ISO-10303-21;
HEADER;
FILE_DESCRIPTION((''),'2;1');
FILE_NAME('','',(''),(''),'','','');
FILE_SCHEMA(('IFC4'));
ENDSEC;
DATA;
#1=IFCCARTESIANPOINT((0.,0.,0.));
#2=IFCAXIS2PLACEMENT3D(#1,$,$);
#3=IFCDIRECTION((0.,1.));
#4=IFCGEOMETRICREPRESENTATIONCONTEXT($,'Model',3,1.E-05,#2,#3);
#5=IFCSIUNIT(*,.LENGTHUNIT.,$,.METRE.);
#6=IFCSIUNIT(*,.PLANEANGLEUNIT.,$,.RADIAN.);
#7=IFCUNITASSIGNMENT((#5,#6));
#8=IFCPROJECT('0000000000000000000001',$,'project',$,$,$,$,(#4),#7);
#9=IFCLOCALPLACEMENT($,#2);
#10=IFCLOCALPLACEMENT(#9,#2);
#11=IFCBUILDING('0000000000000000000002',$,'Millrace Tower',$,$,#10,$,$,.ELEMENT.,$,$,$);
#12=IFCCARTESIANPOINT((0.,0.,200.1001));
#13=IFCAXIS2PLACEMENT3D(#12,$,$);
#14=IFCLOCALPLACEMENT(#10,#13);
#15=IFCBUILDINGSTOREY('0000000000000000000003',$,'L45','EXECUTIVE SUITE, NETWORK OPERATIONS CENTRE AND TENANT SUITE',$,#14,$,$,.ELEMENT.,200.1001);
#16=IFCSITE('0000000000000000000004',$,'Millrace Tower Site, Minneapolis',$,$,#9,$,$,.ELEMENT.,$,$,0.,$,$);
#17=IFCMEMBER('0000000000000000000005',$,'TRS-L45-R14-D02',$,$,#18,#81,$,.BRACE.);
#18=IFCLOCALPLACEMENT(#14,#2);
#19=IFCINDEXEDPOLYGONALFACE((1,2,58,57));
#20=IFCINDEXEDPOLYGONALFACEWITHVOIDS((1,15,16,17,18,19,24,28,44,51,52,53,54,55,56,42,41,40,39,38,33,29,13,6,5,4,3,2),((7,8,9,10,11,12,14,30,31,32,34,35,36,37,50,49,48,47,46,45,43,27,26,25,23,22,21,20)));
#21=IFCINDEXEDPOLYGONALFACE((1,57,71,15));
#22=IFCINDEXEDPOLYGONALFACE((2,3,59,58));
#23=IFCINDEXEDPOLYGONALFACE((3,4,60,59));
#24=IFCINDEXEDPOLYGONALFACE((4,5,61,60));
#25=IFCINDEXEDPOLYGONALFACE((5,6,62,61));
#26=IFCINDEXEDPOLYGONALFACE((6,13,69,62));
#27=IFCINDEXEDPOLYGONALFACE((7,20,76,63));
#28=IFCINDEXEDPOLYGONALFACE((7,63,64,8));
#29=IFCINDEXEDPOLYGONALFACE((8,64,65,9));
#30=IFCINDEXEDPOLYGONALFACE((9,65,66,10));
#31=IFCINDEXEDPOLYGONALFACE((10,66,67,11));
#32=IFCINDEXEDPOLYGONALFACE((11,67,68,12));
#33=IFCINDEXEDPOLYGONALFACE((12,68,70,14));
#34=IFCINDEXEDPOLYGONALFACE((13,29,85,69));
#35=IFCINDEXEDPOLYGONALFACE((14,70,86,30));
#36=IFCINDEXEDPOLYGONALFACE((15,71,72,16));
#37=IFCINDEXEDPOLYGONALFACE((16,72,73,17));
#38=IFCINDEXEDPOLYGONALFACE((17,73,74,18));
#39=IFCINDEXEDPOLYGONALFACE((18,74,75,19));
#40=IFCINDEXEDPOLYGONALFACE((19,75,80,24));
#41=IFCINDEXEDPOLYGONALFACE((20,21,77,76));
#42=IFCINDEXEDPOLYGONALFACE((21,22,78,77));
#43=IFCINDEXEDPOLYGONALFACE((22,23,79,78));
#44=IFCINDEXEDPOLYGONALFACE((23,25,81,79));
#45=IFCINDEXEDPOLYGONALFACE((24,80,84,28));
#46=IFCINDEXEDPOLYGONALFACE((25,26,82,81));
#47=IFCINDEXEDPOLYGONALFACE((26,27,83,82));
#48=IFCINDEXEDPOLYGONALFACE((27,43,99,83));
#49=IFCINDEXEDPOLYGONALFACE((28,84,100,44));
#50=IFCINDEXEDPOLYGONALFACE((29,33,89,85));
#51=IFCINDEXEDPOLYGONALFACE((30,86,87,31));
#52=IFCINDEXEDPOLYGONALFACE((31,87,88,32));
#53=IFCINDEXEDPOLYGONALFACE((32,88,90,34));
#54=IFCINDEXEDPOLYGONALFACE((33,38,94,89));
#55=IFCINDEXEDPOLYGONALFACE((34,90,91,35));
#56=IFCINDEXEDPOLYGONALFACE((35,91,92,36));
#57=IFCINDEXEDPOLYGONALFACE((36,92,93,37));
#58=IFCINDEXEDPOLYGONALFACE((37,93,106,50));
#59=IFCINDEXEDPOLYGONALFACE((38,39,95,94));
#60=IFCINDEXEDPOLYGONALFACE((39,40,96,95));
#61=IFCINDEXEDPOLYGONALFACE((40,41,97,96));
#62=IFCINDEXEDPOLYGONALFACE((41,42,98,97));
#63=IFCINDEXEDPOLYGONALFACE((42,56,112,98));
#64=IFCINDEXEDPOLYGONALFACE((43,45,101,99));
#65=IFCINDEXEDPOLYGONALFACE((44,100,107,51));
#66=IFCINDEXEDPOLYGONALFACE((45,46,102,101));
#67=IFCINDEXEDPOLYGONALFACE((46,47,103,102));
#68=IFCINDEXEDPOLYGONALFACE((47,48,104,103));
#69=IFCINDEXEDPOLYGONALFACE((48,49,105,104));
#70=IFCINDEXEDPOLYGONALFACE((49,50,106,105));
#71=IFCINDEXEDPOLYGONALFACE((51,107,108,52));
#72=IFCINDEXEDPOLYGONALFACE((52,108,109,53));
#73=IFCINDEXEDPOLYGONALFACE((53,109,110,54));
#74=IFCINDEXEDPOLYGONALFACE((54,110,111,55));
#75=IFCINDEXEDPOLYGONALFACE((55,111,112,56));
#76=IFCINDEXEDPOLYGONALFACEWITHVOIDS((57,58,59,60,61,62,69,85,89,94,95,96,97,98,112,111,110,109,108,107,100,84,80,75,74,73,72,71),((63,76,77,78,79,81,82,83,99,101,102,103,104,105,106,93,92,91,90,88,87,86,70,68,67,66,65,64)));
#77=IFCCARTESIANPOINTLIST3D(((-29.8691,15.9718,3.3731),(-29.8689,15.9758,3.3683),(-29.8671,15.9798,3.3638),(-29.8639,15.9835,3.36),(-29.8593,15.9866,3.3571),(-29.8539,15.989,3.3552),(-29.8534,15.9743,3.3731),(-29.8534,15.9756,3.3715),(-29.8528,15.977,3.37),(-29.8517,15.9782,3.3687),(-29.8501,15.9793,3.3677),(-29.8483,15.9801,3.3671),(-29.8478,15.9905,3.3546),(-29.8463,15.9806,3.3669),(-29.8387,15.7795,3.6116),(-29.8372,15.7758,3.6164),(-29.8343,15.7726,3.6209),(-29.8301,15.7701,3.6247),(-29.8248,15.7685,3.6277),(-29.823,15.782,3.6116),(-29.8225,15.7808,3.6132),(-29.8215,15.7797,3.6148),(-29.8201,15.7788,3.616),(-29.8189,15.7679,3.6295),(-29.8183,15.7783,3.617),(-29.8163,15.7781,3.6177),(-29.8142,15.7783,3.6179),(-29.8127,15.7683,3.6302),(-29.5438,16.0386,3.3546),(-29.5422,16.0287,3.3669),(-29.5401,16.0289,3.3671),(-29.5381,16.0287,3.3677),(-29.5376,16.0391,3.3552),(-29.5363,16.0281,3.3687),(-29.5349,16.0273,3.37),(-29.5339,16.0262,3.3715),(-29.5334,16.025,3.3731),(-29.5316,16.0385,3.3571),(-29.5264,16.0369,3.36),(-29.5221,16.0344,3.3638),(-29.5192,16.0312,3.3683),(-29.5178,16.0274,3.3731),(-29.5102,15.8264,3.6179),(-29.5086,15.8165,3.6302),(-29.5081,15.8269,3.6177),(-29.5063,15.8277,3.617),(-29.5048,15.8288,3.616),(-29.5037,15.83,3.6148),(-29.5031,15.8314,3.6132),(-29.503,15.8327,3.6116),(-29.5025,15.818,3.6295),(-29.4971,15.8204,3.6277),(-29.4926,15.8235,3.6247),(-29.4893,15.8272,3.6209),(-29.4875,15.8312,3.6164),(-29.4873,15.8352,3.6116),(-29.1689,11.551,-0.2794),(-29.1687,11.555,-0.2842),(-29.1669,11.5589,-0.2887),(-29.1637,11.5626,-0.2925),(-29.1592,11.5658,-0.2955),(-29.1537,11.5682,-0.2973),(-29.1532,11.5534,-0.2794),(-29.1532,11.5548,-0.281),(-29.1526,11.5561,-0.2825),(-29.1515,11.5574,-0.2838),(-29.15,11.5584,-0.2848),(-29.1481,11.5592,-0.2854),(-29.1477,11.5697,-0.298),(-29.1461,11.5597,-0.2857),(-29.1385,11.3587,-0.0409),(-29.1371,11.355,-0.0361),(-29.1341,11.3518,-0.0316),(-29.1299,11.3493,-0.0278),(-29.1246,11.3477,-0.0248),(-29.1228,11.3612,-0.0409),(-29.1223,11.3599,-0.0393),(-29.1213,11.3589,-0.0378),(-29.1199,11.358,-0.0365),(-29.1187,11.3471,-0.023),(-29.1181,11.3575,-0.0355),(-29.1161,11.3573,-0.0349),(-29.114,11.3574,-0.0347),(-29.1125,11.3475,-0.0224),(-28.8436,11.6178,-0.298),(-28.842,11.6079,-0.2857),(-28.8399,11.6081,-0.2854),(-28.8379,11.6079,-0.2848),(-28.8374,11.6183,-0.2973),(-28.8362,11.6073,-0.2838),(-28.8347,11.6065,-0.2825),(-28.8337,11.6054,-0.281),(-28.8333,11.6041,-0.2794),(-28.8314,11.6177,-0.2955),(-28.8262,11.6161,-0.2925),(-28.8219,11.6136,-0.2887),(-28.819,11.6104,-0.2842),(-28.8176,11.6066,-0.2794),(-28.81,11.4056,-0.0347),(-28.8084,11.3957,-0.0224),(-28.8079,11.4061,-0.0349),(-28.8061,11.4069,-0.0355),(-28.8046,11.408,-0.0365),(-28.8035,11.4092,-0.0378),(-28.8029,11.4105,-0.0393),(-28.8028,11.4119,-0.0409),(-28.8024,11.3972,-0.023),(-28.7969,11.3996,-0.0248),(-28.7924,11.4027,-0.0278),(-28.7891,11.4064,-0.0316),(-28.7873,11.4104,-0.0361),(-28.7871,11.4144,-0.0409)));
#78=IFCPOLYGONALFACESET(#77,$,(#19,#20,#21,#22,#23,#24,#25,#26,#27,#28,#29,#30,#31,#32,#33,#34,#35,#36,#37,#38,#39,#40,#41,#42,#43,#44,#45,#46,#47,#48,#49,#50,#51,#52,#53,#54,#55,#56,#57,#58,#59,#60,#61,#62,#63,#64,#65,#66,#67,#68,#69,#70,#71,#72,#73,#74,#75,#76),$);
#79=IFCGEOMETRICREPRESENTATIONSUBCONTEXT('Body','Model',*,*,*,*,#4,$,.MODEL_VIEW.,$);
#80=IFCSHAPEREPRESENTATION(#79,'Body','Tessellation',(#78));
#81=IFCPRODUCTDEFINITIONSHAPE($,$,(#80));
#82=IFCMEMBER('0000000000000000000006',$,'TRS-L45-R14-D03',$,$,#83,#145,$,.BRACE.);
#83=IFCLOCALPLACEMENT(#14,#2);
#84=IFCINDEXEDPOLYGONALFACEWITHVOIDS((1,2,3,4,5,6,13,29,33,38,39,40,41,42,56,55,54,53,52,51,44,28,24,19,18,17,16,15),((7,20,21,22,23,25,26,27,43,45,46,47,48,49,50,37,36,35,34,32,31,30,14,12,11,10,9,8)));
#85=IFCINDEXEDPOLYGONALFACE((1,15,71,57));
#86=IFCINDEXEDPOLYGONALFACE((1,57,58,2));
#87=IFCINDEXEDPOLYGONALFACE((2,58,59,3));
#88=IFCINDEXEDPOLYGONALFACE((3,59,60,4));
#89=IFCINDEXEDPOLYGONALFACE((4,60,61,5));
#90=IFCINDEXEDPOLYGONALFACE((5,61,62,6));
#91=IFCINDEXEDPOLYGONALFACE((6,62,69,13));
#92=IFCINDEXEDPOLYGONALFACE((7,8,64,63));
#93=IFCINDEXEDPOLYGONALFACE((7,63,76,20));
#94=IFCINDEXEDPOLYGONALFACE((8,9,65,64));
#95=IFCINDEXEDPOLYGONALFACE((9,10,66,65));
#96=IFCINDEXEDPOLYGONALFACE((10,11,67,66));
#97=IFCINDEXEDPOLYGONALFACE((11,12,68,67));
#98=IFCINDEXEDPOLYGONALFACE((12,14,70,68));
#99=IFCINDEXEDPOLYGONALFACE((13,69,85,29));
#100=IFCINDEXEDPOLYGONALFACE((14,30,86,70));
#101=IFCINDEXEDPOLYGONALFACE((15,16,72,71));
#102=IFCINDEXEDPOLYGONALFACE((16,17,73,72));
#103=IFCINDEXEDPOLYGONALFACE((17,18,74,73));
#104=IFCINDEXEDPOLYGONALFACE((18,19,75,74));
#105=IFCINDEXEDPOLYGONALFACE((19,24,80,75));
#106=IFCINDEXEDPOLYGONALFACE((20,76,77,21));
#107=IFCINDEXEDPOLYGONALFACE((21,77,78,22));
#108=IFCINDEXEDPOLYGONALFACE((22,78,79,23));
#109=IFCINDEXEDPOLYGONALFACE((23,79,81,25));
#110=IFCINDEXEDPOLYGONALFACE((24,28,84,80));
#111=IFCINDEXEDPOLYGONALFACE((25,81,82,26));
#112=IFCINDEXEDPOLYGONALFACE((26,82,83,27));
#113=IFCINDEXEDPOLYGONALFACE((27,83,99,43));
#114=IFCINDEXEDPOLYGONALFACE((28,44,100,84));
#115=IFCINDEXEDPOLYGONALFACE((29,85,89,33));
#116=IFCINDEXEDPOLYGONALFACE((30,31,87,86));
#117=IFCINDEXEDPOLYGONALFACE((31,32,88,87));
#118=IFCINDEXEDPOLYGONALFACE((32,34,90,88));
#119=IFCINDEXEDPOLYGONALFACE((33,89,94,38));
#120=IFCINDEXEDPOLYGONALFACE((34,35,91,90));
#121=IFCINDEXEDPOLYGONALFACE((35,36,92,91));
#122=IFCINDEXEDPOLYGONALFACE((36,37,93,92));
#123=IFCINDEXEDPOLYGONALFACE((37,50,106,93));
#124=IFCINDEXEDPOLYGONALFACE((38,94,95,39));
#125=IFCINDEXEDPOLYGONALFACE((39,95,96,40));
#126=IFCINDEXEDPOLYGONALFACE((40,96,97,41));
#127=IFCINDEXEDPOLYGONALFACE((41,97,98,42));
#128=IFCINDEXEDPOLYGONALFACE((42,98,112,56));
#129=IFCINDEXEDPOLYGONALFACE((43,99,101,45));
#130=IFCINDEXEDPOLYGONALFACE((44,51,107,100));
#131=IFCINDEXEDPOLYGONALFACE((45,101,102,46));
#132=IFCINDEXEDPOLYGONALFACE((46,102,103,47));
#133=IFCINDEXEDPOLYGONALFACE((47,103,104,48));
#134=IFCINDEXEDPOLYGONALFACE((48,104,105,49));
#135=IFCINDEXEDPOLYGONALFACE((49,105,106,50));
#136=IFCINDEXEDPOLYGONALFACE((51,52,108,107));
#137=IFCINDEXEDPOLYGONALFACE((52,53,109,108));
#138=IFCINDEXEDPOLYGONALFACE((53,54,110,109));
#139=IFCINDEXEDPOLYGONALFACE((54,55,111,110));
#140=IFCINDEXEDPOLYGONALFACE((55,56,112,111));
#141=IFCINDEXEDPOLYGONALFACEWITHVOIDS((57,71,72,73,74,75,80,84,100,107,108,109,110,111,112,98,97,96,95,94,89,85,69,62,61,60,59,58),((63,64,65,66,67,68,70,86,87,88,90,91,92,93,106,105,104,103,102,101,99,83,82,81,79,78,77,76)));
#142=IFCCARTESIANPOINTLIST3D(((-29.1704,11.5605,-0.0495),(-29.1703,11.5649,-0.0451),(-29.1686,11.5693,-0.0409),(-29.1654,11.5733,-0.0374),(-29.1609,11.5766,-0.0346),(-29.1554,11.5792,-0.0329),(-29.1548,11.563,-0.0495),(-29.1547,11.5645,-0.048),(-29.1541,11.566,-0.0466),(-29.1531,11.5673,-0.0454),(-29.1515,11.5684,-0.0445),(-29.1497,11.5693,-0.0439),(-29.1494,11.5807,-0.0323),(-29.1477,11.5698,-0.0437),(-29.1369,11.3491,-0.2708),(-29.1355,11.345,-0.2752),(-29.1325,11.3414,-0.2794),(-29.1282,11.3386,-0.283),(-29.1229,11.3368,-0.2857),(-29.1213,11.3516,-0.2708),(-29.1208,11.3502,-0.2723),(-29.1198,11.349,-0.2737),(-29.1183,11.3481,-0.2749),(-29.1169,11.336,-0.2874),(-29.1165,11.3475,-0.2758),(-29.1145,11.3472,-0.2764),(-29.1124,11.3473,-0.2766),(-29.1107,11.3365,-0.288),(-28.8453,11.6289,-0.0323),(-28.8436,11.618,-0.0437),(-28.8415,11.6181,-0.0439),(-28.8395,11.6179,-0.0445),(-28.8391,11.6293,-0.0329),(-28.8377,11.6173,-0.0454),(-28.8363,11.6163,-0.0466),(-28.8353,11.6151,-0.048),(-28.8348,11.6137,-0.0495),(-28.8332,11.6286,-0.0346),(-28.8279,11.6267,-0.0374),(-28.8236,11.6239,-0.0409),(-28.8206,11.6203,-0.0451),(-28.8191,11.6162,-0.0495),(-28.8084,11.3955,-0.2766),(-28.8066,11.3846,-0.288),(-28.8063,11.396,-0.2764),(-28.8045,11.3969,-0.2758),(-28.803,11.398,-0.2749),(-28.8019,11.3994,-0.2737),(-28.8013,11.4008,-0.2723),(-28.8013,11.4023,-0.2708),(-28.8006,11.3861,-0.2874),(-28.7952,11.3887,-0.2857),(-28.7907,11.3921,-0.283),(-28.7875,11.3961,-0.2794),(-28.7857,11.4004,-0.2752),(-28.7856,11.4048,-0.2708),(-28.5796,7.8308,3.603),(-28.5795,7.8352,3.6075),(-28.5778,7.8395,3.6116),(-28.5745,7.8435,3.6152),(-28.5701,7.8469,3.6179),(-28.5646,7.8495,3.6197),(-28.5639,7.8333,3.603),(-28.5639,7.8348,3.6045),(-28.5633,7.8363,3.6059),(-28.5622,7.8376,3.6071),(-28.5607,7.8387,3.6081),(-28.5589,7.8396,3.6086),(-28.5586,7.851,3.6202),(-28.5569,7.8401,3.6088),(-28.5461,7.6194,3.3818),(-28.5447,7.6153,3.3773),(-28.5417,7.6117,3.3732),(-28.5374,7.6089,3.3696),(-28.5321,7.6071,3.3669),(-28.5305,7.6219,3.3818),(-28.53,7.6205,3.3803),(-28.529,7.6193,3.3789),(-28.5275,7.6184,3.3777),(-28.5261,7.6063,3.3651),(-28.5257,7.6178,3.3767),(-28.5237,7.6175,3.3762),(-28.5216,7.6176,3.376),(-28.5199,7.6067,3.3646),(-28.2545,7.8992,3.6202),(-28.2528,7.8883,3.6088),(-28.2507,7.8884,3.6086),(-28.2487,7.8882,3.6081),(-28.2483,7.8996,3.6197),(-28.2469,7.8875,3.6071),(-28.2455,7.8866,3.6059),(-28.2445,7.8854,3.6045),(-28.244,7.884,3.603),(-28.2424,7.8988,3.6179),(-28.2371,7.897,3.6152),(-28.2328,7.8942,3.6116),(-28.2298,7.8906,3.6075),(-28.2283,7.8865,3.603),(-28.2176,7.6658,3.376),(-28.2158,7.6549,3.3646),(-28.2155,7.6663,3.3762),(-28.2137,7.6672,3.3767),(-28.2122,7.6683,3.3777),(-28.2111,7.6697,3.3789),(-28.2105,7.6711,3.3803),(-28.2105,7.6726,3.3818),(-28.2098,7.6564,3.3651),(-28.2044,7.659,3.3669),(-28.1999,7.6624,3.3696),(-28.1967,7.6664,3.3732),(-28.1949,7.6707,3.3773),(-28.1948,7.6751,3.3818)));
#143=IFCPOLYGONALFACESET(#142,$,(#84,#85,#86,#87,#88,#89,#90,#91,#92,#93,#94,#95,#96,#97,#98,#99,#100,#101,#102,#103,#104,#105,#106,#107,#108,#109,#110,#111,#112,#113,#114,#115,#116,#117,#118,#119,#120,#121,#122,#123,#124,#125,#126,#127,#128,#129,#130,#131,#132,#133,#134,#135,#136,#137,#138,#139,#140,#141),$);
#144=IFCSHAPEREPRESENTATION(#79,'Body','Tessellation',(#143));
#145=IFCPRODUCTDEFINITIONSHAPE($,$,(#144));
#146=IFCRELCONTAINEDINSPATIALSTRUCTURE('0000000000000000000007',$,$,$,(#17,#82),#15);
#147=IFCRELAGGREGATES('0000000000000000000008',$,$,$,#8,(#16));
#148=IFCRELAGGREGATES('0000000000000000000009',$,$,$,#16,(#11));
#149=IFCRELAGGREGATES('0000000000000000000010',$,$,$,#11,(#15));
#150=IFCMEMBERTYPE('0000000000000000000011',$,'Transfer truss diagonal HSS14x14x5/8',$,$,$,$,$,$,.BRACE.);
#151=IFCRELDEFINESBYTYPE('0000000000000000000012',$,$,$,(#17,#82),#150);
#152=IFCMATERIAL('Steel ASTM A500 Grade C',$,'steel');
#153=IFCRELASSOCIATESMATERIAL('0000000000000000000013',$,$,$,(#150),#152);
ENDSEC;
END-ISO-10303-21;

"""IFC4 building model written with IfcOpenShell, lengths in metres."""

from ifc_helpers import new_model, si_unit, direction, frame, origin, origin_2d, place, context, subcontext, project, spatial, hollow_rectangle, extrude, material, material_profile, profile_set, type_object, element, save


model = new_model("IFC4")

# Units and contexts
model_context = context("Model", 3, precision=1e-05, world=origin(), true_north=direction((0.0, 1.0)))
body_context = subcontext(model_context, "Body", "Model", "MODEL_VIEW")
ifc_project = project(units=[si_unit("LENGTHUNIT", "METRE"), si_unit("PLANEANGLEUNIT", "RADIAN")], contexts=[model_context])

# Site, building, storey
site_placement = place(None, origin())
site = spatial("IfcSite", under=ifc_project, at=site_placement, Name="Millrace Tower Site, Minneapolis", CompositionType="ELEMENT", RefElevation=0.0)
building_placement = place(site_placement, origin())
building = spatial("IfcBuilding", under=site, at=building_placement, Name="Millrace Tower", CompositionType="ELEMENT")
storey_placement = place(building_placement, frame((0.0, 0.0, 200.1001)))
storey = spatial("IfcBuildingStorey", under=building, at=storey_placement, Name="L45", Description="EXECUTIVE SUITE, NETWORK OPERATIONS CENTRE AND TENANT SUITE", CompositionType="ELEMENT", Elevation=200.1001)

# Members
ifc_material_1 = material(Name="Steel ASTM A500 Grade C", Category="steel")
ifc_material_profile_1 = material_profile(ifc_material_1, hollow_rectangle(XDim=0.3557, YDim=0.3557, WallThickness=0.0159, InnerFilletRadius=0.0081, OuterFilletRadius=0.0239, at=origin_2d()))
ifc_profile_set_1 = profile_set([ifc_material_profile_1], Name="Steel ASTM A500 Grade C")
member_type_1 = type_object("IfcMemberType", Name="Transfer truss diagonal HSS14x14x5/8", PredefinedType="BRACE", material=ifc_profile_set_1)
member_1_placement = place(storey_placement, frame((-28.978, 11.4827, -0.1602), z_axis=(-0.1212, 0.765232, 0.632242), x_axis=(-0.987689, -0.156433, 0.0)))
element("IfcMember", 1, at=member_1_placement, inside=storey, type_object=member_type_1, Name="TRS-L45-R14-D02", PredefinedType="BRACE", context=body_context, shape_type="SweptSolid", body=[
    extrude(hollow_rectangle(XDim=0.3557, YDim=0.3557, WallThickness=0.0159, InnerFilletRadius=0.0081, OuterFilletRadius=0.0239, at=origin_2d()), origin(), (0.0, 0.0, 1.0), 5.7771),
])
member_2_placement = place(storey_placement, frame((-28.978, 11.4827, -0.1602), z_axis=(0.112458, -0.709925, 0.695241), x_axis=(0.987685, 0.156457, 0.0)))
element("IfcMember", 2, at=member_2_placement, inside=storey, type_object=member_type_1, Name="TRS-L45-R14-D03", PredefinedType="BRACE", context=body_context, shape_type="SweptSolid", body=[
    extrude(hollow_rectangle(XDim=0.3557, YDim=0.3557, WallThickness=0.0159, InnerFilletRadius=0.0081, OuterFilletRadius=0.0239, at=origin_2d()), origin(), (0.0, 0.0, 1.0), 5.2537),
])

save(model, "model.ifc")
